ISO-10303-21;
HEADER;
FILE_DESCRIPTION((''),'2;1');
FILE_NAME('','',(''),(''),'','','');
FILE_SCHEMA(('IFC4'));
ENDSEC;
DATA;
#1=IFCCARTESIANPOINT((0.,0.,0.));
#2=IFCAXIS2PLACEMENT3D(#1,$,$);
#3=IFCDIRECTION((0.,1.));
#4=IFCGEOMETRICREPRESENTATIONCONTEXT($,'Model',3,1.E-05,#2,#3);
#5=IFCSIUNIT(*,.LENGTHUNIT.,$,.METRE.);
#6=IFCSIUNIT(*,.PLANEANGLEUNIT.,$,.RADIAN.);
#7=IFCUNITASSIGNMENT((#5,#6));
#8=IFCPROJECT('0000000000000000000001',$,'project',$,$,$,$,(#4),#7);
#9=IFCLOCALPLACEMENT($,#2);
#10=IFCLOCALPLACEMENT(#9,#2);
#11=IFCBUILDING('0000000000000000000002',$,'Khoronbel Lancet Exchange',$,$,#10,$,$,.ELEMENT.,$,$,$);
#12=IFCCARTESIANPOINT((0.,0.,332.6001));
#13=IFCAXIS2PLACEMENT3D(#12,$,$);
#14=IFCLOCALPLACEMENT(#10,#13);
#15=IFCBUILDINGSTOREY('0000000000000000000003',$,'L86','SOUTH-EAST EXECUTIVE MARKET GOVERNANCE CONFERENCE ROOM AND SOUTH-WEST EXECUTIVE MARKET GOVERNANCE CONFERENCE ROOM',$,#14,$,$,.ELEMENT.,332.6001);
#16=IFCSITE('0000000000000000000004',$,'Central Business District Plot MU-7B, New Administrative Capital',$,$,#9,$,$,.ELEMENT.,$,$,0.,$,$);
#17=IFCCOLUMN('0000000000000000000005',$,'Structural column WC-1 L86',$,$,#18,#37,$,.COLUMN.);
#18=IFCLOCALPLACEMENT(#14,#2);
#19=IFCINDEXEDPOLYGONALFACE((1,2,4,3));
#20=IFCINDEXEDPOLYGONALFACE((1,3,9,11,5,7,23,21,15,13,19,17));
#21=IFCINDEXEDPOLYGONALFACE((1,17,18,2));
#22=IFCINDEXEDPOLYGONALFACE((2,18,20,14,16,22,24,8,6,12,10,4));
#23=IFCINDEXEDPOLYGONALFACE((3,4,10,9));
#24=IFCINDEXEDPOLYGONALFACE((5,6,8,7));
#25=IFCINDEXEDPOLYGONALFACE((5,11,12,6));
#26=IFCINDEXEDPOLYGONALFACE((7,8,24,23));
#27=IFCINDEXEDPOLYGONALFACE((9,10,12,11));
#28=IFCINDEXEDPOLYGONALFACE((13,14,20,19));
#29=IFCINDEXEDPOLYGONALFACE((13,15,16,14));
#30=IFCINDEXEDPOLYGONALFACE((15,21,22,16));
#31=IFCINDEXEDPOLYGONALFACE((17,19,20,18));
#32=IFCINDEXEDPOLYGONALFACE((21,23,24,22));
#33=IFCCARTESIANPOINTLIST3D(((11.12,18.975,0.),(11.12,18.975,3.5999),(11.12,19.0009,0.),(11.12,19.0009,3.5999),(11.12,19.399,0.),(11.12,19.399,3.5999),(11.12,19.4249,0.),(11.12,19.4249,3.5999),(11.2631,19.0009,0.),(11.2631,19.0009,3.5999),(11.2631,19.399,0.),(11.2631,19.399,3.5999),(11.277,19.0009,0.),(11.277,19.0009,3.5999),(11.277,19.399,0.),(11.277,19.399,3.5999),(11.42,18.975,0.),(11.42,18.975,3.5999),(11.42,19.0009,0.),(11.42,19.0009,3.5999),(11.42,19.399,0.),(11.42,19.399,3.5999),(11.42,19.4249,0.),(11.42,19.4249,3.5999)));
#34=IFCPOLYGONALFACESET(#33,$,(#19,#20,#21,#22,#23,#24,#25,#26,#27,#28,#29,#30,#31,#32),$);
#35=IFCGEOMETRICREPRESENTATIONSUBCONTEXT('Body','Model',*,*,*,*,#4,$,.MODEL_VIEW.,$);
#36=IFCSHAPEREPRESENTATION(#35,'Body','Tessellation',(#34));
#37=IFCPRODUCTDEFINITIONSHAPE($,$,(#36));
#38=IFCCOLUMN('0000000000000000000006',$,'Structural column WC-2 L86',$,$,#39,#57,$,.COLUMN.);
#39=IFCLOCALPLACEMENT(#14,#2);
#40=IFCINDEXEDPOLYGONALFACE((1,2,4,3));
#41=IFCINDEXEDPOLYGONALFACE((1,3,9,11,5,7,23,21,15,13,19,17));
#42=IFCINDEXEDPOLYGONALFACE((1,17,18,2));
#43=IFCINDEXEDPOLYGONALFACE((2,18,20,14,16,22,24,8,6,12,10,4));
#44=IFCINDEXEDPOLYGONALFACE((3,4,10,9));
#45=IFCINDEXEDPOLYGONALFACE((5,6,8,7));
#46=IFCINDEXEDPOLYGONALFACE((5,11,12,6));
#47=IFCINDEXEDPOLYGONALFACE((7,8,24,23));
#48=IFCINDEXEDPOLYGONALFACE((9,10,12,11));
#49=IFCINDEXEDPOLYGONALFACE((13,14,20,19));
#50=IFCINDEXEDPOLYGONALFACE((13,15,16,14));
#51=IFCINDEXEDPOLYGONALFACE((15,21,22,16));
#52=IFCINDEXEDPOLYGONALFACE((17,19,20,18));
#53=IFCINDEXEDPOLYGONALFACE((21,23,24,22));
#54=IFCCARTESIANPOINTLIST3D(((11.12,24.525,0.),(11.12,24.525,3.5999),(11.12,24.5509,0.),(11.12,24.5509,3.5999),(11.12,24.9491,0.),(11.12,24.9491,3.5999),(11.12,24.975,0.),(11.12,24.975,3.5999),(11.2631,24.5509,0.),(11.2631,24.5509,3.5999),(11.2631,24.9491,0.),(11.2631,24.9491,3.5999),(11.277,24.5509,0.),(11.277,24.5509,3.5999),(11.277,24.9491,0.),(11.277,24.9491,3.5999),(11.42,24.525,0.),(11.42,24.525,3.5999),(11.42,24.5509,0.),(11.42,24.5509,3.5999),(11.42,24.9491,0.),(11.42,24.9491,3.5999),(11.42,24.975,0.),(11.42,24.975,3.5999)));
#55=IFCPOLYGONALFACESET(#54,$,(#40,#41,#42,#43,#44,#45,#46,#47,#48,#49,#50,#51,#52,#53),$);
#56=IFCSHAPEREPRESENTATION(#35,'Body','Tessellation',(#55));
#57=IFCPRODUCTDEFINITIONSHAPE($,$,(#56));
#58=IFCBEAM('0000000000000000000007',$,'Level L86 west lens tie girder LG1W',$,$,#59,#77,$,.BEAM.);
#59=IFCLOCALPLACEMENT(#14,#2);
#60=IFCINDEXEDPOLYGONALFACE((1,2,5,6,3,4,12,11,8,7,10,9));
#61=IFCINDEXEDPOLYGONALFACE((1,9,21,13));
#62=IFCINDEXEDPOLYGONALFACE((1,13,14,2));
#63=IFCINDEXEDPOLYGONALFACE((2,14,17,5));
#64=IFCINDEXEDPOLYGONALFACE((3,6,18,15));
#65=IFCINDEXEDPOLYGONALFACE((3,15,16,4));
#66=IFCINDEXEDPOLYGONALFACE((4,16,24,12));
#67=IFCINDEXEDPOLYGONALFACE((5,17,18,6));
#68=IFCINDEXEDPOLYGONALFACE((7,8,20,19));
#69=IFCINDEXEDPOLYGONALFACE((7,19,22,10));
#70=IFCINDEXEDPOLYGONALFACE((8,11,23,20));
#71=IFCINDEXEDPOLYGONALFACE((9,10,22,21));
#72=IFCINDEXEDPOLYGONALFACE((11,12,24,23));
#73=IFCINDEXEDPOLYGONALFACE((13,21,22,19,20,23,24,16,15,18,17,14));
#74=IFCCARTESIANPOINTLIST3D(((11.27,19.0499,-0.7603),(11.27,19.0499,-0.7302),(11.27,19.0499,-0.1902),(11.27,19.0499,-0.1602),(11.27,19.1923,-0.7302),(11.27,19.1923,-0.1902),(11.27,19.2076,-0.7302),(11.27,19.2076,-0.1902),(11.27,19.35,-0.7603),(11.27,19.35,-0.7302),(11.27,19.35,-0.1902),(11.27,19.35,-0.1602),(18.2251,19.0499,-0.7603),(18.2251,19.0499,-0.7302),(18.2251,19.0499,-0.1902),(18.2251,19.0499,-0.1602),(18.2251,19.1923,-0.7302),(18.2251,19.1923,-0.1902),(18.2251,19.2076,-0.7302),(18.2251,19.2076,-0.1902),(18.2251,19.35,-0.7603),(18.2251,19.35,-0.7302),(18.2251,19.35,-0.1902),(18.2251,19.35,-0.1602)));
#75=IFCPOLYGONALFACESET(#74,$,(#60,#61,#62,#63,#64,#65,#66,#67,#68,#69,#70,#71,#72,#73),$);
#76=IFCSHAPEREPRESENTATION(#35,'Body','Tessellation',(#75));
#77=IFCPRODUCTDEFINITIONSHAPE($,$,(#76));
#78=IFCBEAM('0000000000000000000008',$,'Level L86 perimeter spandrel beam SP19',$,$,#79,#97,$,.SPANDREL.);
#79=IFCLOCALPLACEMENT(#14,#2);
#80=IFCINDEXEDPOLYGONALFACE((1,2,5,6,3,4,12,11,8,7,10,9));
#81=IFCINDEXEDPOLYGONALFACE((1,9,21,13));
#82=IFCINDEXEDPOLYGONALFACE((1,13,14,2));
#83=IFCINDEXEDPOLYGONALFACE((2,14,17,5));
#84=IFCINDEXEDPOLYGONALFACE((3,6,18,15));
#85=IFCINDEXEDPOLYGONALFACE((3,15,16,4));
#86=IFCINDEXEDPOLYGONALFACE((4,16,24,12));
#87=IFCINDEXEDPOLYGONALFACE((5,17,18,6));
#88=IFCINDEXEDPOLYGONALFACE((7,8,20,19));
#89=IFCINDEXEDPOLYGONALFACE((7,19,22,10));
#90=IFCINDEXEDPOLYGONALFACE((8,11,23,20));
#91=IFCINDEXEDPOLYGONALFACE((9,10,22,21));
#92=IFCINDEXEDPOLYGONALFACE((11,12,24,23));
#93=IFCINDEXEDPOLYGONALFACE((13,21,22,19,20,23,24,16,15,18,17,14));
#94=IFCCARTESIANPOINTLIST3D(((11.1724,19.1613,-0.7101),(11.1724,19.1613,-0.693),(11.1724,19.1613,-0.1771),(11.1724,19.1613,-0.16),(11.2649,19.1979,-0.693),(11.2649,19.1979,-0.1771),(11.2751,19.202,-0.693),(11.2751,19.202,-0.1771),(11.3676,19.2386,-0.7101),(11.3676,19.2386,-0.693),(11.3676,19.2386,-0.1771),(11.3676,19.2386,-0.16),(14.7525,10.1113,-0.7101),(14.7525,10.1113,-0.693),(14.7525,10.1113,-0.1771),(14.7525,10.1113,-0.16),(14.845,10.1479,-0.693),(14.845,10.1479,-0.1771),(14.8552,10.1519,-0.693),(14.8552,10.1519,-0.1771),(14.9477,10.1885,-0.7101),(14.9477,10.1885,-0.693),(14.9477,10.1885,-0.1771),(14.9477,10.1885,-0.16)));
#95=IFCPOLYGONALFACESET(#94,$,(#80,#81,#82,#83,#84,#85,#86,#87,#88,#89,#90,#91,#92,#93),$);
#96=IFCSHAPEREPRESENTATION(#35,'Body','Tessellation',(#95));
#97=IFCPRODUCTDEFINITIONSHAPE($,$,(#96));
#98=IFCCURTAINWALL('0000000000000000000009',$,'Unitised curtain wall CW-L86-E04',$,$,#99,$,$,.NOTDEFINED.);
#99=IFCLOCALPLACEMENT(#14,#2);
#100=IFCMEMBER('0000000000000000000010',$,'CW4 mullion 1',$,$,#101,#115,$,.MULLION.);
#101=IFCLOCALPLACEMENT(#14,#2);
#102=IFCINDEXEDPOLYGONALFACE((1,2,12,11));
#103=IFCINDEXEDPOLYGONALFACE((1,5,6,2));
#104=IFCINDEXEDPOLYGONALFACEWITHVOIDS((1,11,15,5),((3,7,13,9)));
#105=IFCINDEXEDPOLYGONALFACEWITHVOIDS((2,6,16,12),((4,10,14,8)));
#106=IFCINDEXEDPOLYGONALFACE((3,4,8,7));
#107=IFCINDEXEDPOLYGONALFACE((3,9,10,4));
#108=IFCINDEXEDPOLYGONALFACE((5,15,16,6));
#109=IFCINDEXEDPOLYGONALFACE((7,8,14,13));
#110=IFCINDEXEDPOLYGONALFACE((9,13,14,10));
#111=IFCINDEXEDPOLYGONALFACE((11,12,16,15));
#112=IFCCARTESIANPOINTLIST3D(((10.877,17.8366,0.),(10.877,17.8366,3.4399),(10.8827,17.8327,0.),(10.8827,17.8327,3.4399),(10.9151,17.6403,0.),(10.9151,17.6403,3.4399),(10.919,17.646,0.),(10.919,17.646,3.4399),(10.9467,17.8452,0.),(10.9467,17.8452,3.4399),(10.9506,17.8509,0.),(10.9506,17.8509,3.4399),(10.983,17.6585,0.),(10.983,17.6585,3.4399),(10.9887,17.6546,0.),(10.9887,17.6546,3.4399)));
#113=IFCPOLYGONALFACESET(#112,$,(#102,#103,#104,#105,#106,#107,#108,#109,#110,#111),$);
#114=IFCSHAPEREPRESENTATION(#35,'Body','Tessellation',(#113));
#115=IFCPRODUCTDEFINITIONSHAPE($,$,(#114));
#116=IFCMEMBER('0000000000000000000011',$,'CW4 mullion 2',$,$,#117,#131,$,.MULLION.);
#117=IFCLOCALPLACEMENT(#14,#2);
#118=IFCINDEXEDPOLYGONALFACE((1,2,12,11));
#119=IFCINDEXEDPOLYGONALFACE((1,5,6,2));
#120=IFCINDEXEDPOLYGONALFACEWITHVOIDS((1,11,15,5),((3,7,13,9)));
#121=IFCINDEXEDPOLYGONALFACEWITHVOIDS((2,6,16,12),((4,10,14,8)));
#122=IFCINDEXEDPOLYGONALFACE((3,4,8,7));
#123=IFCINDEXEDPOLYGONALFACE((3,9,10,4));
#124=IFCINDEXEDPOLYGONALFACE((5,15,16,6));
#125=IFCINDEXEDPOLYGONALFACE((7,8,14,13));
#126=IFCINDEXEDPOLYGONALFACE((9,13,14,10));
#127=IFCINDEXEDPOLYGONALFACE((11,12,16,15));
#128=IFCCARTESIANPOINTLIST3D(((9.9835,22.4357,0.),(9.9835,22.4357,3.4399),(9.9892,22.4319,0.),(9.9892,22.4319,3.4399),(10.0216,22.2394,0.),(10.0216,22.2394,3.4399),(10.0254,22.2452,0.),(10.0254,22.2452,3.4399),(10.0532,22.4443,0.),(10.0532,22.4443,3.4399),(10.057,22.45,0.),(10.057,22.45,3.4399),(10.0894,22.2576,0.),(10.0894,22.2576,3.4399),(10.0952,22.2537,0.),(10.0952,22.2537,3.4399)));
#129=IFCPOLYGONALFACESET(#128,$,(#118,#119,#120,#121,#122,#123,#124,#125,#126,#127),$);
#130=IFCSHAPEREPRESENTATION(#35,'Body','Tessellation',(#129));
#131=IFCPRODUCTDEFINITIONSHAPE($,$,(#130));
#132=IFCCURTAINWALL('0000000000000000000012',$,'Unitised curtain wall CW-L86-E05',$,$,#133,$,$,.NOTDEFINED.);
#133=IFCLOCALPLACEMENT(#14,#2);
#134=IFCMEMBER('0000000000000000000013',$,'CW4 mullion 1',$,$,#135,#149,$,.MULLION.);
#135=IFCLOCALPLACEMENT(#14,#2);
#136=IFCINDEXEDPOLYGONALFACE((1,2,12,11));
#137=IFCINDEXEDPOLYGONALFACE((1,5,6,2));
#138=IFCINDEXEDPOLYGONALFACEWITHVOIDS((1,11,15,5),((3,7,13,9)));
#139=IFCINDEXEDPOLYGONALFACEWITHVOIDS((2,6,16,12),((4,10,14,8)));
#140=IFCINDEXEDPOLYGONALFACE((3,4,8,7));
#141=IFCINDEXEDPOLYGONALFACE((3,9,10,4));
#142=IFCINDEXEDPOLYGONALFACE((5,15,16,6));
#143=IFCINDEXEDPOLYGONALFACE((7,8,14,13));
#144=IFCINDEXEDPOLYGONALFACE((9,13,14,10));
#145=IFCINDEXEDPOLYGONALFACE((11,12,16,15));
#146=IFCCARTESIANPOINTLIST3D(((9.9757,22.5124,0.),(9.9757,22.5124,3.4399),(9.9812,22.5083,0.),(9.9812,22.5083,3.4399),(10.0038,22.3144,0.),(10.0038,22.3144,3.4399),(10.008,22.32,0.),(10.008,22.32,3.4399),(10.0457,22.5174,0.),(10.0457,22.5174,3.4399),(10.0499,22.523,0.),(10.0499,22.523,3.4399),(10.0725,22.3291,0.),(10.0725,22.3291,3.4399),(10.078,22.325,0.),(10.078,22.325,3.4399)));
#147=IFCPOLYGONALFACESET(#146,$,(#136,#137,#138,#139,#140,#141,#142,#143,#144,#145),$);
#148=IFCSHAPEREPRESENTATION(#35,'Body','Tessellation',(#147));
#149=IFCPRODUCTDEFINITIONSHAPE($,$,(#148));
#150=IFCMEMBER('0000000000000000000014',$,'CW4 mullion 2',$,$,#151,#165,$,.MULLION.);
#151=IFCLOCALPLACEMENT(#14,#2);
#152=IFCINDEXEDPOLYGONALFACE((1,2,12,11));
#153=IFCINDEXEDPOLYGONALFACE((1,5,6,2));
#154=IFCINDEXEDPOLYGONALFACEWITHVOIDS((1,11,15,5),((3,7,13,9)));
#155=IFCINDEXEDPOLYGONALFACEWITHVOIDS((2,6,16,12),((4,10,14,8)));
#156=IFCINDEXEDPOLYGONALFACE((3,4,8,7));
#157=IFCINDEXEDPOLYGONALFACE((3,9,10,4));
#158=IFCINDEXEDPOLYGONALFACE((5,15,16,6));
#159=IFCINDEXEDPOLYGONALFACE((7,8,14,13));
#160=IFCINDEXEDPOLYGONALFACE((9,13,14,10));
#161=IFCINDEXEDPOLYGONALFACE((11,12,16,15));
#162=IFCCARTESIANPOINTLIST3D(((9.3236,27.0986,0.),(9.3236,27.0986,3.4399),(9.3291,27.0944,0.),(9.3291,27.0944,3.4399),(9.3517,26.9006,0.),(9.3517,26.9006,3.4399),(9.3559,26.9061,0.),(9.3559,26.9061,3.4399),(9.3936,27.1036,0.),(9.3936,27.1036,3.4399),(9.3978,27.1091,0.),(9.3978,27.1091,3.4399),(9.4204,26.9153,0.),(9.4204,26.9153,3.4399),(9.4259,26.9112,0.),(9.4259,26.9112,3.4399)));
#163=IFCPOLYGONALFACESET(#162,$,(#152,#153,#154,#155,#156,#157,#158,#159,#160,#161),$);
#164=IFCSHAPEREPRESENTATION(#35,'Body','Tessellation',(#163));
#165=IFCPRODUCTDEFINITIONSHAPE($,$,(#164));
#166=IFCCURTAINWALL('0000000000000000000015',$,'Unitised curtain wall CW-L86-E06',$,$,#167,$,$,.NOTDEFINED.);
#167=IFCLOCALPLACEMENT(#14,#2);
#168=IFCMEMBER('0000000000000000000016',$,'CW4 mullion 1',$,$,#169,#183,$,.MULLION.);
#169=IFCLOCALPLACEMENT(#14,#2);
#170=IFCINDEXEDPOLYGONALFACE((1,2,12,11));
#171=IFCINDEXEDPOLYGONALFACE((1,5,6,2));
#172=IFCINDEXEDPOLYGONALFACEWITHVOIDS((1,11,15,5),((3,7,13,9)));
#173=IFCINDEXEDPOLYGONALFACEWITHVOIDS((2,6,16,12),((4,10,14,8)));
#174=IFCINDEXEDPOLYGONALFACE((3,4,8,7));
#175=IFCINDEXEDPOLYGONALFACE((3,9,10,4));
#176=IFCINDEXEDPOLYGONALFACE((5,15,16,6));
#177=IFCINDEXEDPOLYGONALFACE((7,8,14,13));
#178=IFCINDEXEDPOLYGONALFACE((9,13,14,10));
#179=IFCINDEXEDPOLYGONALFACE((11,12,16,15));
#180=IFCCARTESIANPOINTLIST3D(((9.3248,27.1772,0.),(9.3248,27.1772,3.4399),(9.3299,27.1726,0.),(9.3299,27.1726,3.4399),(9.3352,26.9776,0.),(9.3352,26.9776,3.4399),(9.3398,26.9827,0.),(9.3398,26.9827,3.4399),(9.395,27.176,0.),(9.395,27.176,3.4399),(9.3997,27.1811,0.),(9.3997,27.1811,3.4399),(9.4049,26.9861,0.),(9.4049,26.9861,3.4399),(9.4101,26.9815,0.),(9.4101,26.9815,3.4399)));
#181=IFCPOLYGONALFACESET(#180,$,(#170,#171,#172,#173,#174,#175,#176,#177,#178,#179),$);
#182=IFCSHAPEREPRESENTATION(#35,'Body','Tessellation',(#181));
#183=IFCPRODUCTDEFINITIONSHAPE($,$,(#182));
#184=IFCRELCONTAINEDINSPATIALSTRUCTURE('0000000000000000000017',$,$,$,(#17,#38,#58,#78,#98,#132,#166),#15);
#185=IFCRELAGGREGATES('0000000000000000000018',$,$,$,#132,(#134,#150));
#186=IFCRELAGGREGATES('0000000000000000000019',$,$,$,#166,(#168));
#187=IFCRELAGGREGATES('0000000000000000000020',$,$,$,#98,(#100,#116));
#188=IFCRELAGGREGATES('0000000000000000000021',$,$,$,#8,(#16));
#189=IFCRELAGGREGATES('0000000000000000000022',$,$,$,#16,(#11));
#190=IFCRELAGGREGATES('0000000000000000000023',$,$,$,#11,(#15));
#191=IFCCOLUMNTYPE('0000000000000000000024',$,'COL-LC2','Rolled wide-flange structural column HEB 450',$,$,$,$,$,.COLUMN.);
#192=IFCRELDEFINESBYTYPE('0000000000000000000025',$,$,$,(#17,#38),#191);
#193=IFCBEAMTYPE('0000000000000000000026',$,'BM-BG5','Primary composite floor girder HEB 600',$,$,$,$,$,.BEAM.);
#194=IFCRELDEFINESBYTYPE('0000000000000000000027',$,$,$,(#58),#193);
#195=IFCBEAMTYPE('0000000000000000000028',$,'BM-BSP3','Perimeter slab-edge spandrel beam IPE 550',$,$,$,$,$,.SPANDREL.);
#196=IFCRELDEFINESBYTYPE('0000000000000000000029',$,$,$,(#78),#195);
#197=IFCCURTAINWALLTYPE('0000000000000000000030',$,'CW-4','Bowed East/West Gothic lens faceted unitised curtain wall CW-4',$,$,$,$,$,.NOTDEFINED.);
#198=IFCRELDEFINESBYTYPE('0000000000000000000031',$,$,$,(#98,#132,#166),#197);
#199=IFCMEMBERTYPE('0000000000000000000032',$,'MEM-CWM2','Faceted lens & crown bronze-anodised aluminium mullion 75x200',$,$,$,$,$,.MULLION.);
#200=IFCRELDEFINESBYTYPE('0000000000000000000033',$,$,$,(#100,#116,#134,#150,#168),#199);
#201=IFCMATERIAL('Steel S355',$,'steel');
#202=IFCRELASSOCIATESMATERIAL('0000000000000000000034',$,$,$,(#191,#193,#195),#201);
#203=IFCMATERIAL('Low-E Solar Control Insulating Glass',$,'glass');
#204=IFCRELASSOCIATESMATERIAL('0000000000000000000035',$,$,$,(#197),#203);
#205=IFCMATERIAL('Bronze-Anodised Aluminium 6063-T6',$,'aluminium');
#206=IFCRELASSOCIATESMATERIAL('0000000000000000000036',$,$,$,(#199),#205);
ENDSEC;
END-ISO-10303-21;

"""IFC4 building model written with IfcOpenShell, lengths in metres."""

from ifc_helpers import new_model, si_unit, direction, frame, origin, origin_2d, place, context, subcontext, project, spatial, hollow_rectangle, i_section, extrude, material, material_profile, profile_set, type_object, element, aggregate, save


model = new_model("IFC4")

# Units and contexts
model_context = context("Model", 3, precision=1e-05, world=origin(), true_north=direction((0.0, 1.0)))
body_context = subcontext(model_context, "Body", "Model", "MODEL_VIEW")
ifc_project = project(units=[si_unit("LENGTHUNIT", "METRE"), si_unit("PLANEANGLEUNIT", "RADIAN")], contexts=[model_context])

# Site, building, storey
site_placement = place(None, origin())
site = spatial("IfcSite", under=ifc_project, at=site_placement, Name="Central Business District Plot MU-7B, New Administrative Capital", CompositionType="ELEMENT", RefElevation=0.0)
building_placement = place(site_placement, origin())
building = spatial("IfcBuilding", under=site, at=building_placement, Name="Khoronbel Lancet Exchange", CompositionType="ELEMENT")
storey_placement = place(building_placement, frame((0.0, 0.0, 332.6001)))
storey = spatial("IfcBuildingStorey", under=building, at=storey_placement, Name="L86", Description="SOUTH-EAST EXECUTIVE MARKET GOVERNANCE CONFERENCE ROOM AND SOUTH-WEST EXECUTIVE MARKET GOVERNANCE CONFERENCE ROOM", CompositionType="ELEMENT", Elevation=332.6001)

# Columns
ifc_material_1 = material(Name="Steel S355", Category="steel")
ifc_material_profile_1 = material_profile(ifc_material_1, i_section(OverallWidth=0.3, OverallDepth=0.45, WebThickness=0.0139, FlangeThickness=0.0259, at=origin_2d()), Name="HEB 450")
ifc_profile_set_1 = profile_set([ifc_material_profile_1], Name="Steel S355")
column_type = type_object("IfcColumnType", Name="COL-LC2", Description="Rolled wide-flange structural column HEB 450", PredefinedType="COLUMN", material=ifc_profile_set_1)
for number, where, z_axis, x_axis, name in (
    (1, (11.27, 19.2, 0.0), (0.0, 0.0, 1.0), (1.0, 0.0, 0.0), "Structural column WC-1 L86"),
    (2, (11.27, 24.75, 0.0), (0.0, 0.0, 1.0), (1.0, 0.0, 0.0), "Structural column WC-2 L86"),
):
    element("IfcColumn", number, at=place(storey_placement, frame(where, z_axis=z_axis, x_axis=x_axis)), inside=storey, type_object=column_type, Name=name, PredefinedType="COLUMN", context=body_context, shape_type="SweptSolid", body=[
        extrude(i_section(OverallWidth=0.3, OverallDepth=0.45, WebThickness=0.0139, FlangeThickness=0.0259, at=origin_2d()), origin(), (0.0, 0.0, 1.0), 3.5999),
    ])

# Beams
ifc_material_profile_2 = material_profile(ifc_material_1, i_section(OverallWidth=0.3, OverallDepth=0.6001, WebThickness=0.0154, FlangeThickness=0.03, at=origin_2d()), Name="HEB 600")
ifc_profile_set_2 = profile_set([ifc_material_profile_2], Name="Steel S355")
beam_type_1 = type_object("IfcBeamType", Name="BM-BG5", Description="Primary composite floor girder HEB 600", PredefinedType="BEAM", material=ifc_profile_set_2)
beam_1_placement = place(storey_placement, frame((11.27, 19.2, -0.4602), z_axis=(1.0, 0.0, 0.0), x_axis=(0.0, 1.0, 0.0)))
element("IfcBeam", 3, at=beam_1_placement, inside=storey, type_object=beam_type_1, Name="Level L86 west lens tie girder LG1W", PredefinedType="BEAM", context=body_context, shape_type="SweptSolid", body=[
    extrude(i_section(OverallWidth=0.3, OverallDepth=0.6001, WebThickness=0.0154, FlangeThickness=0.03, at=origin_2d()), origin(), (0.0, 0.0, 1.0), 6.9551),
])
ifc_material_profile_3 = material_profile(ifc_material_1, i_section(OverallWidth=0.21, OverallDepth=0.55, WebThickness=0.011, FlangeThickness=0.0171, at=origin_2d()), Name="IPE 550")
ifc_profile_set_3 = profile_set([ifc_material_profile_3], Name="Steel S355")
beam_type_2 = type_object("IfcBeamType", Name="BM-BSP3", Description="Perimeter slab-edge spandrel beam IPE 550", PredefinedType="SPANDREL", material=ifc_profile_set_3)
beam_2_placement = place(storey_placement, frame((11.27, 19.2, -0.4351), z_axis=(0.36785, -0.929885, 0.0), x_axis=(0.929885, 0.36785, 0.0)))
element("IfcBeam", 4, at=beam_2_placement, inside=storey, type_object=beam_type_2, Name="Level L86 perimeter spandrel beam SP19", PredefinedType="SPANDREL", context=body_context, shape_type="SweptSolid", body=[
    extrude(i_section(OverallWidth=0.21, OverallDepth=0.55, WebThickness=0.011, FlangeThickness=0.0171, at=origin_2d()), origin(), (0.0, 0.0, 1.0), 9.7324),
])

# Curtain walls, members
ifc_material_2 = material(Name="Low-E Solar Control Insulating Glass", Category="glass")
curtain_wall_type = type_object("IfcCurtainWallType", Name="CW-4", Description="Bowed East/West Gothic lens faceted unitised curtain wall CW-4", PredefinedType="NOTDEFINED", material=ifc_material_2)
curtain_wall_1_placement = place(storey_placement, origin())
curtain_wall_1 = element("IfcCurtainWall", 5, at=curtain_wall_1_placement, inside=storey, type_object=curtain_wall_type, Name="Unitised curtain wall CW-L86-E04", PredefinedType="NOTDEFINED")
ifc_material_3 = material(Name="Bronze-Anodised Aluminium 6063-T6", Category="aluminium")
ifc_material_profile_4 = material_profile(ifc_material_3, hollow_rectangle(XDim=0.075, YDim=0.2, WallThickness=0.0049, at=origin_2d()), Name="ALU MULLION 75x200")
ifc_profile_set_4 = profile_set([ifc_material_profile_4], Name="Bronze-Anodised Aluminium 6063-T6")
member_type_1 = type_object("IfcMemberType", Name="MEM-CWM2", Description="Faceted lens & crown bronze-anodised aluminium mullion 75x200", PredefinedType="MULLION", material=ifc_profile_set_4)
member_1_placement = place(storey_placement, frame((10.9329, 17.7456, 0.0), z_axis=(0.0, 0.0, 1.0), x_axis=(-0.981648, -0.190704, 0.0)))
member_1 = element("IfcMember", 6, at=member_1_placement, type_object=member_type_1, Name="CW4 mullion 1", PredefinedType="MULLION", context=body_context, shape_type="SweptSolid", body=[
    extrude(hollow_rectangle(XDim=0.075, YDim=0.2, WallThickness=0.0049, at=origin_2d()), origin(), (0.0, 0.0, 1.0), 3.4399),
])
member_2_placement = place(storey_placement, frame((10.0393, 22.3447, 0.0), z_axis=(0.0, 0.0, 1.0), x_axis=(-0.981648, -0.190704, 0.0)))
member_2 = element("IfcMember", 7, at=member_2_placement, type_object=member_type_1, Name="CW4 mullion 2", PredefinedType="MULLION", context=body_context, shape_type="SweptSolid", body=[
    extrude(hollow_rectangle(XDim=0.075, YDim=0.2, WallThickness=0.0049, at=origin_2d()), origin(), (0.0, 0.0, 1.0), 3.4399),
])
curtain_wall_2_placement = place(storey_placement, origin())
curtain_wall_2 = element("IfcCurtainWall", 8, at=curtain_wall_2_placement, inside=storey, type_object=curtain_wall_type, Name="Unitised curtain wall CW-L86-E05", PredefinedType="NOTDEFINED")
member_3_placement = place(storey_placement, frame((10.0269, 22.4187, 0.0), z_axis=(0.0, 0.0, 1.0), x_axis=(-0.990038, -0.140803, 0.0)))
member_3 = element("IfcMember", 9, at=member_3_placement, type_object=member_type_1, Name="CW4 mullion 1", PredefinedType="MULLION", context=body_context, shape_type="SweptSolid", body=[
    extrude(hollow_rectangle(XDim=0.075, YDim=0.2, WallThickness=0.0049, at=origin_2d()), origin(), (0.0, 0.0, 1.0), 3.4399),
])
member_4_placement = place(storey_placement, frame((9.3748, 27.0049, 0.0), z_axis=(0.0, 0.0, 1.0), x_axis=(-0.990038, -0.140803, 0.0)))
member_4 = element("IfcMember", 10, at=member_4_placement, type_object=member_type_1, Name="CW4 mullion 2", PredefinedType="MULLION", context=body_context, shape_type="SweptSolid", body=[
    extrude(hollow_rectangle(XDim=0.075, YDim=0.2, WallThickness=0.0049, at=origin_2d()), origin(), (0.0, 0.0, 1.0), 3.4399),
])
curtain_wall_3_placement = place(storey_placement, origin())
curtain_wall_3 = element("IfcCurtainWall", 11, at=curtain_wall_3_placement, inside=storey, type_object=curtain_wall_type, Name="Unitised curtain wall CW-L86-E06", PredefinedType="NOTDEFINED")
member_5_placement = place(storey_placement, frame((9.3674, 27.0793, 0.0), z_axis=(0.0, 0.0, 1.0), x_axis=(-0.998648, -0.051991, 0.0)))
member_5 = element("IfcMember", 12, at=member_5_placement, type_object=member_type_1, Name="CW4 mullion 1", PredefinedType="MULLION", context=body_context, shape_type="SweptSolid", body=[
    extrude(hollow_rectangle(XDim=0.075, YDim=0.2, WallThickness=0.0049, at=origin_2d()), origin(), (0.0, 0.0, 1.0), 3.4399),
])

aggregate(curtain_wall_2, [member_3, member_4])
aggregate(curtain_wall_3, [member_5])
aggregate(curtain_wall_1, [member_1, member_2])

save(model, "model.ifc")
